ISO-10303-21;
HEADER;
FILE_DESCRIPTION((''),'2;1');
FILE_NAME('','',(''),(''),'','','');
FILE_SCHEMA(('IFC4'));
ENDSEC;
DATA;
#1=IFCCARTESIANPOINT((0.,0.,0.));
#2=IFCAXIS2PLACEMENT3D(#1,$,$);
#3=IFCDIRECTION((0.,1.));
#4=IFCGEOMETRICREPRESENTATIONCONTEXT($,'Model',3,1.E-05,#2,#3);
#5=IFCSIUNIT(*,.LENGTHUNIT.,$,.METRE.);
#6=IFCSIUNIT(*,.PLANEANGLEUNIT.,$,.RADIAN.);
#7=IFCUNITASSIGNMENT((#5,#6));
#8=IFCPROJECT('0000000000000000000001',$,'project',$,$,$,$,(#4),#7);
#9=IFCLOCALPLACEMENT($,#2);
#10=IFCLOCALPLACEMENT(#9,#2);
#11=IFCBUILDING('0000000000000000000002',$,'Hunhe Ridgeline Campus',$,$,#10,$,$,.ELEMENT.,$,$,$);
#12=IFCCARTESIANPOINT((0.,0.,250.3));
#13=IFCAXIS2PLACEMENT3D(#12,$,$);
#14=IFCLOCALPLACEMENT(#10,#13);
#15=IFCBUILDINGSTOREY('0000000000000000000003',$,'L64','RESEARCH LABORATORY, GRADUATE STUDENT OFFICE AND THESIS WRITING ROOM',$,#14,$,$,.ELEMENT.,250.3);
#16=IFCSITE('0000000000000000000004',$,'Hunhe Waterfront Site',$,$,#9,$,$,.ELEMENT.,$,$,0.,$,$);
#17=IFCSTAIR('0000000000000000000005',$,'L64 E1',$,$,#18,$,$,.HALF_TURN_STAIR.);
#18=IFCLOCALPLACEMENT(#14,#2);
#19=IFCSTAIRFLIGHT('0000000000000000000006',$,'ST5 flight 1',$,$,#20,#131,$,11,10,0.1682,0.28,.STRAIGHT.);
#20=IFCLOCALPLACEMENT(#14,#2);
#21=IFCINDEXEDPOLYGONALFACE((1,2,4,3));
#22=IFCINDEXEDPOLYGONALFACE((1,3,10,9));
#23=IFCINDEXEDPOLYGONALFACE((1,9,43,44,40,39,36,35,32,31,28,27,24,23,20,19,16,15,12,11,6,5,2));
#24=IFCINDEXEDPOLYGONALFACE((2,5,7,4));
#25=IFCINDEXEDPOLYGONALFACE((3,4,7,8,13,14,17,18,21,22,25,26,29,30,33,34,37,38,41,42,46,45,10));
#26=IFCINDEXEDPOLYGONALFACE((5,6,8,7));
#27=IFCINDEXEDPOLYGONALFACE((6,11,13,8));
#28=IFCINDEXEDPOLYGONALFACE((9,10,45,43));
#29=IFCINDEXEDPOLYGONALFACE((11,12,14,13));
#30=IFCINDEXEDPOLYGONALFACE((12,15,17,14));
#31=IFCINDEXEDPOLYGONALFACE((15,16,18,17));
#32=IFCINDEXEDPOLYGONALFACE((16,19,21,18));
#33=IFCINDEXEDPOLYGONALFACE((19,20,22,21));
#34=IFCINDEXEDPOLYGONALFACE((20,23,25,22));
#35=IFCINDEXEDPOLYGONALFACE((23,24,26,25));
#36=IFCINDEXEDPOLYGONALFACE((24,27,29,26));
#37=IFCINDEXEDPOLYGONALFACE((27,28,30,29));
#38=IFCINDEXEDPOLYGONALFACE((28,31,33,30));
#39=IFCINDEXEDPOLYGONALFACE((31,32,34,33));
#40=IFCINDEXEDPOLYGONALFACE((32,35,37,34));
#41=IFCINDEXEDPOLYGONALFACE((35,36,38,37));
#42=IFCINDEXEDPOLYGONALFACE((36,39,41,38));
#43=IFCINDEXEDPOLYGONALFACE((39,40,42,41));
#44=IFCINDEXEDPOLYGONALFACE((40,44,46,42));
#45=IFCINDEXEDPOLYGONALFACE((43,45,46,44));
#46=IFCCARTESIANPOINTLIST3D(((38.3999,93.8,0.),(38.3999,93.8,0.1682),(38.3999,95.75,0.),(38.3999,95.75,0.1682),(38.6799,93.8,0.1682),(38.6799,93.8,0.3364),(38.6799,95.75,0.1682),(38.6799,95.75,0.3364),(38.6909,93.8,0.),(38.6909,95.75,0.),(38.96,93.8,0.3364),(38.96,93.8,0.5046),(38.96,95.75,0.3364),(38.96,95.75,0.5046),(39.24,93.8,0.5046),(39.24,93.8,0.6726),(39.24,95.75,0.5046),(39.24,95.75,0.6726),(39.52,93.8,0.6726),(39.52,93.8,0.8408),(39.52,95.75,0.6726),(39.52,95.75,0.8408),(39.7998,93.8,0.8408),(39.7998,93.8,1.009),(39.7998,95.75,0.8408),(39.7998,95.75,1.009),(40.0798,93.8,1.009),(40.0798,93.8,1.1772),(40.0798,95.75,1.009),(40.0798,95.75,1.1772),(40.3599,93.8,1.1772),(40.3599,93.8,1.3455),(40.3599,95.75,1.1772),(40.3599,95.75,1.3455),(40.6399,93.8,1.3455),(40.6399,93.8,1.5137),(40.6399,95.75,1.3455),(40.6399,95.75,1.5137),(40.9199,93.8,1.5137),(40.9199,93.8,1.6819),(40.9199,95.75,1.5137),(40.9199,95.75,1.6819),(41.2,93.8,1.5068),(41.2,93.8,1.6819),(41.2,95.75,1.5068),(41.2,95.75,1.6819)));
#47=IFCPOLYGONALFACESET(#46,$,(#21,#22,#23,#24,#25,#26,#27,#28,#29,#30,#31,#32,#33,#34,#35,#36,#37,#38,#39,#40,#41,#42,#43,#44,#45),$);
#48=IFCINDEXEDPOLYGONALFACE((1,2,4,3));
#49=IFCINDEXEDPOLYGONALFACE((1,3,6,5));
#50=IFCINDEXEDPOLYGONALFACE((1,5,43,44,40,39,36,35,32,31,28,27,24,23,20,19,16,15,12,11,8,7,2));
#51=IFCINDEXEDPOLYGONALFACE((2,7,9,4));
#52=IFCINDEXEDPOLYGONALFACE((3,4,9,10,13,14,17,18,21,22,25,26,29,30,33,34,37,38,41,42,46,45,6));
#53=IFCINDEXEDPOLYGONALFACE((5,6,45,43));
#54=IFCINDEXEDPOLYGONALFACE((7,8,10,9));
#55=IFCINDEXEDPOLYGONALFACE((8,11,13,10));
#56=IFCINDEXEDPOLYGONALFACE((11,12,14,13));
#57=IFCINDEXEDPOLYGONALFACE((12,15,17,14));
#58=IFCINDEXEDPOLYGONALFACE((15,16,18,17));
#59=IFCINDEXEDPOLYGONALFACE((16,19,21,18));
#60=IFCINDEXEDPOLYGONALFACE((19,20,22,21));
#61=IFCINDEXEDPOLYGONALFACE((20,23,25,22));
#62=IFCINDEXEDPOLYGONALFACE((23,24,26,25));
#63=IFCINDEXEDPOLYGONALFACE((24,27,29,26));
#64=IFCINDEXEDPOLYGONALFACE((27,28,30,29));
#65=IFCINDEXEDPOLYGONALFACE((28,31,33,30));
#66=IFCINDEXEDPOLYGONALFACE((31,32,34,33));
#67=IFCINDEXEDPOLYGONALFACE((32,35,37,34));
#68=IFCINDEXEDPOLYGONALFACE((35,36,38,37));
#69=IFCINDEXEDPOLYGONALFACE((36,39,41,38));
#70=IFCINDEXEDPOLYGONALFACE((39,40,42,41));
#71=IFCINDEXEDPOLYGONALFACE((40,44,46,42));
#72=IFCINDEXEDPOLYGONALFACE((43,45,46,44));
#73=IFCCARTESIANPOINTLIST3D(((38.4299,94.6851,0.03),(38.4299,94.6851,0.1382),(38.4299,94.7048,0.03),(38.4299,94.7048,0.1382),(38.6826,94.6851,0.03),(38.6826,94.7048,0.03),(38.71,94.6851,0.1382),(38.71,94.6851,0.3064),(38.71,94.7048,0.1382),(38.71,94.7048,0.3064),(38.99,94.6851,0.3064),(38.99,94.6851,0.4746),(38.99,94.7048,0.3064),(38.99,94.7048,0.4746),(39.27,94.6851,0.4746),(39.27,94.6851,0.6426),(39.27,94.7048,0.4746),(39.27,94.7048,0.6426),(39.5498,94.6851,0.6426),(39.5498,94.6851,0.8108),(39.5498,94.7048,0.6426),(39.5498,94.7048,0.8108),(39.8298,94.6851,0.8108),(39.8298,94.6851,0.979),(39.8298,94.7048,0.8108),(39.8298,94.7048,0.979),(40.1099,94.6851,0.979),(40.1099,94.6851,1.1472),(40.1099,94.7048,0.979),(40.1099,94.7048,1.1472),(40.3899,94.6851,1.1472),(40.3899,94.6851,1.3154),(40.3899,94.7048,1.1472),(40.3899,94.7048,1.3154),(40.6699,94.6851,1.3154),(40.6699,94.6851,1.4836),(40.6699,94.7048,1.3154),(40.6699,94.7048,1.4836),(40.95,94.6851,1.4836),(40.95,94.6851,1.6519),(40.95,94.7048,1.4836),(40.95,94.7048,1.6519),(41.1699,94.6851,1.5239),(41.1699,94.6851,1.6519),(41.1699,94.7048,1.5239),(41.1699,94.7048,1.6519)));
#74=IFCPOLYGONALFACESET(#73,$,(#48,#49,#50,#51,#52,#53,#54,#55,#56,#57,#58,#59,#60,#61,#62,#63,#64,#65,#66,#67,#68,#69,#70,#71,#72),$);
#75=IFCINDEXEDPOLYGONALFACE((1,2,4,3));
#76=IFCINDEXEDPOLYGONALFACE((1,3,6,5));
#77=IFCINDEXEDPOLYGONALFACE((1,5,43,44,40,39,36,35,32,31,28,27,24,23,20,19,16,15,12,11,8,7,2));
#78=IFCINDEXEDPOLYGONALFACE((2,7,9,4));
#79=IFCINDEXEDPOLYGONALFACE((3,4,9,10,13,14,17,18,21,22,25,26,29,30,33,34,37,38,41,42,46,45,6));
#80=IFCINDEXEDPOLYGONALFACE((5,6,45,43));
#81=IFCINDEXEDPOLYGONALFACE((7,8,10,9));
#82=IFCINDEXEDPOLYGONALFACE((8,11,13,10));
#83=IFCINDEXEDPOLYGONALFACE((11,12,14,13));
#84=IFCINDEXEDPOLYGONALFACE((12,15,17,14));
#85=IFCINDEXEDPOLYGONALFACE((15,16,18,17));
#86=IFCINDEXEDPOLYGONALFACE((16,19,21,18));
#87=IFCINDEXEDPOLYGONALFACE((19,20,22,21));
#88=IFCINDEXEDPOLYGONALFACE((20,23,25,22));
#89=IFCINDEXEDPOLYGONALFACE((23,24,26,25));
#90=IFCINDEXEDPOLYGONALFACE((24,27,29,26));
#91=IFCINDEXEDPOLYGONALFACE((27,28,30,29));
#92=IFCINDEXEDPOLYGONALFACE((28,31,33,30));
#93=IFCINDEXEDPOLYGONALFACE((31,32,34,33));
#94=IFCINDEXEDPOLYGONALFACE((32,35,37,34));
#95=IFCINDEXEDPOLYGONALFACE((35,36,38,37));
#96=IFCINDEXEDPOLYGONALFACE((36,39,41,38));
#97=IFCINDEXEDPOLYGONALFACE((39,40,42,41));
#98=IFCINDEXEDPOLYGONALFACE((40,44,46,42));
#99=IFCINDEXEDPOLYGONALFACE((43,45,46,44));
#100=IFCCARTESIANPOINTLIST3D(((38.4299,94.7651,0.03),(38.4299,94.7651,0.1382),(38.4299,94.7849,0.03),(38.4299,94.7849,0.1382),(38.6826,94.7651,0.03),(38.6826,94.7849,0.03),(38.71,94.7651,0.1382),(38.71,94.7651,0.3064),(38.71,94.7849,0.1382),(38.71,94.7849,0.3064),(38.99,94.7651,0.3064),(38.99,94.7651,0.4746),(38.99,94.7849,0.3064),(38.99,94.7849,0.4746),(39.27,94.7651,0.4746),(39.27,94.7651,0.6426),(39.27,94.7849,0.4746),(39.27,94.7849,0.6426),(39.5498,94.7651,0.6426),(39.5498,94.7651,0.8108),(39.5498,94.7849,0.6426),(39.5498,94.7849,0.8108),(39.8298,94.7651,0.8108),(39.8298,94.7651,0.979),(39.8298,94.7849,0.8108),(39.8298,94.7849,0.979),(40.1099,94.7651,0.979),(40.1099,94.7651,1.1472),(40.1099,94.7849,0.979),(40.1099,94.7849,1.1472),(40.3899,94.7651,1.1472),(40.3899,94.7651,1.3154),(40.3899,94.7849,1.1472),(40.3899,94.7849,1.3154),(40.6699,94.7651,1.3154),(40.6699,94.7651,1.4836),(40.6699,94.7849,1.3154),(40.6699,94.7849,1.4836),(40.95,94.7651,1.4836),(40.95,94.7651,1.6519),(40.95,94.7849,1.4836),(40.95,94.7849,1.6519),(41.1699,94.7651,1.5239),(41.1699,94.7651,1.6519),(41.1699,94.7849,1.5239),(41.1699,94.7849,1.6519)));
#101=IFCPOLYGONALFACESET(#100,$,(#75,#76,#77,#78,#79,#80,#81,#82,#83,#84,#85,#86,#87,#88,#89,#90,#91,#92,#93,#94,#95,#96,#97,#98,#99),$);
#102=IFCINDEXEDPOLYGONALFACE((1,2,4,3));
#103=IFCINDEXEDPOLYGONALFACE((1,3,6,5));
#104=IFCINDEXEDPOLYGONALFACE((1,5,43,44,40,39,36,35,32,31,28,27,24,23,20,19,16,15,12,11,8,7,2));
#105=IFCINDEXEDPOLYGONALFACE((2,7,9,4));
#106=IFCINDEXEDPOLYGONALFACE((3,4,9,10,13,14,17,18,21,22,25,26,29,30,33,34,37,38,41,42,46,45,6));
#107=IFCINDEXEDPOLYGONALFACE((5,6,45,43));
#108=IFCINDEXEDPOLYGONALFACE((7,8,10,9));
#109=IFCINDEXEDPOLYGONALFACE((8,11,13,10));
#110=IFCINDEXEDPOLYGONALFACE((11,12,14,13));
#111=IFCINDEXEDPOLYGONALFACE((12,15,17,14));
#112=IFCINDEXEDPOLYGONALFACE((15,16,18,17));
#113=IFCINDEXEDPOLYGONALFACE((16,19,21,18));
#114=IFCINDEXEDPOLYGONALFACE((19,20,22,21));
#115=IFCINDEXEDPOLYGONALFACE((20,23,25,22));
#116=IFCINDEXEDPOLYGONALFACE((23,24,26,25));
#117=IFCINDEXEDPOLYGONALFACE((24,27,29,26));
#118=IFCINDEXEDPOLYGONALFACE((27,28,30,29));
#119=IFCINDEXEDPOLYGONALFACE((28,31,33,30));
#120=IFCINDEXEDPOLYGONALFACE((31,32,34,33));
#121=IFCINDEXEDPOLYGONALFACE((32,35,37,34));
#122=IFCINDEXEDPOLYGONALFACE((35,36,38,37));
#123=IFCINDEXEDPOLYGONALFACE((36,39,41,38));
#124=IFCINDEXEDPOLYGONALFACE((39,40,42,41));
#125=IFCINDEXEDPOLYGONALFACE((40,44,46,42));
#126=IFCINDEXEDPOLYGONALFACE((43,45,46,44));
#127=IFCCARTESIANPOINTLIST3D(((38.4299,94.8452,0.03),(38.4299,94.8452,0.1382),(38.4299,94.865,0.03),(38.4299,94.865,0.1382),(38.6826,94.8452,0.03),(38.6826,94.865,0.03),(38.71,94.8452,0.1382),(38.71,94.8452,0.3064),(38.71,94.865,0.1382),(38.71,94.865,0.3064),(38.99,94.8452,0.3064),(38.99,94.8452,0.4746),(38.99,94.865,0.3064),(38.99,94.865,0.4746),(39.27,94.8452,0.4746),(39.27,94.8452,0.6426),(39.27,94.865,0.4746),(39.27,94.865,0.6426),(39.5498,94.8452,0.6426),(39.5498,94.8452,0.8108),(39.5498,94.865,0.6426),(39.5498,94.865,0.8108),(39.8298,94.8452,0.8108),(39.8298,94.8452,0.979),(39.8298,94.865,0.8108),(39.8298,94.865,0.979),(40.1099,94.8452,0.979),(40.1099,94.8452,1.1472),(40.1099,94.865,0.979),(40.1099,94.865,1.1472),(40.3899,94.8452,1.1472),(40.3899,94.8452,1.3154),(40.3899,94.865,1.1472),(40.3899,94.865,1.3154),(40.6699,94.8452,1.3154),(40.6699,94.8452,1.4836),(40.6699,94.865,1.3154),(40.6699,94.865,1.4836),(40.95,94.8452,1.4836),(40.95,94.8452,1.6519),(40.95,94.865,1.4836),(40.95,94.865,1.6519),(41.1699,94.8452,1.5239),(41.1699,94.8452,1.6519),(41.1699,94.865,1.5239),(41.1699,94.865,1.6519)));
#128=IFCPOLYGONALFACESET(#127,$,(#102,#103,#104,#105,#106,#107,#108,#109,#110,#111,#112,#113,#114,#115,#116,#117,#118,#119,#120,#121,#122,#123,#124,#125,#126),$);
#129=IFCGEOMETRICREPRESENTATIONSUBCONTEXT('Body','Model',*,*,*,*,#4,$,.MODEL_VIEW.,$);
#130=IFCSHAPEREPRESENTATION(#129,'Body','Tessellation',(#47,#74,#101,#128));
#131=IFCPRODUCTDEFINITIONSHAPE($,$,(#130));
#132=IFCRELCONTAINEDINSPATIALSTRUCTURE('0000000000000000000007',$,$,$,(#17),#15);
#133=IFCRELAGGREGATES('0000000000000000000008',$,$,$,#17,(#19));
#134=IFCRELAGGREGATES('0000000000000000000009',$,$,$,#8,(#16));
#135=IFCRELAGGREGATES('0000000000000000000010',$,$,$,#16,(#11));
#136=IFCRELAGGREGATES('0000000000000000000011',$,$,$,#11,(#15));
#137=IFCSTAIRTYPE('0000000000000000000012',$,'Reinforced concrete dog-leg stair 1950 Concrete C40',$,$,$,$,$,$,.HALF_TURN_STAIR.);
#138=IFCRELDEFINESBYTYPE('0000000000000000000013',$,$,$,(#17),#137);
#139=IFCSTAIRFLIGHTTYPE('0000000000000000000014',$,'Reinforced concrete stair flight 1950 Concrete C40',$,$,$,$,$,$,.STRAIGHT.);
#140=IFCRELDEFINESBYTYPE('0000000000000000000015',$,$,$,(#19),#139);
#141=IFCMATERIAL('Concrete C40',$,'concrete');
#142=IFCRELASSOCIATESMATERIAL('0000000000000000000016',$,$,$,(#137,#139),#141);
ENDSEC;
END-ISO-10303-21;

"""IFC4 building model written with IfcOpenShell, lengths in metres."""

from ifc_helpers import new_model, si_unit, direction, frame, origin, place, context, subcontext, project, spatial, polyline, outline, extrude, material, type_object, element, aggregate, save


model = new_model("IFC4")

# Units and contexts
model_context = context("Model", 3, precision=1e-05, world=origin(), true_north=direction((0.0, 1.0)))
body_context = subcontext(model_context, "Body", "Model", "MODEL_VIEW")
ifc_project = project(units=[si_unit("LENGTHUNIT", "METRE"), si_unit("PLANEANGLEUNIT", "RADIAN")], contexts=[model_context])

# Site, building, storey
site_placement = place(None, origin())
site = spatial("IfcSite", under=ifc_project, at=site_placement, Name="Hunhe Waterfront Site", CompositionType="ELEMENT", RefElevation=0.0)
building_placement = place(site_placement, origin())
building = spatial("IfcBuilding", under=site, at=building_placement, Name="Hunhe Ridgeline Campus", CompositionType="ELEMENT")
storey_placement = place(building_placement, frame((0.0, 0.0, 250.3)))
storey = spatial("IfcBuildingStorey", under=building, at=storey_placement, Name="L64", Description="RESEARCH LABORATORY, GRADUATE STUDENT OFFICE AND THESIS WRITING ROOM", CompositionType="ELEMENT", Elevation=250.3)

# Stair, stair flight
ifc_material_1 = material(Name="Concrete C40", Category="concrete")
stair_type = type_object("IfcStairType", Name="Reinforced concrete dog-leg stair 1950 Concrete C40", PredefinedType="HALF_TURN_STAIR", material=ifc_material_1)
stair_placement = place(storey_placement, origin())
stair = element("IfcStair", 1, at=stair_placement, inside=storey, type_object=stair_type, Name="L64 E1", PredefinedType="HALF_TURN_STAIR")
stair_flight_type = type_object("IfcStairFlightType", Name="Reinforced concrete stair flight 1950 Concrete C40", PredefinedType="STRAIGHT", material=ifc_material_1)
stair_flight_1_placement = place(storey_placement, frame((38.3999, 94.7749, 0.0), z_axis=(0.0, 0.0, 1.0), x_axis=(1.0, 0.0, 0.0)))
stair_flight_1 = element("IfcStairFlight", 2, at=stair_flight_1_placement, type_object=stair_flight_type, Name="ST5 flight 1", NumberOfRisers=11, NumberOfTreads=10, PredefinedType="STRAIGHT", RiserHeight=0.1682, TreadLength=0.28, context=body_context, shape_type="SweptSolid", body=[
    extrude(outline(polyline([(0.0, 0.0), (0.0, 0.1682), (0.28, 0.1682), (0.28, 0.3364), (0.5601, 0.3364), (0.5601, 0.5046), (0.8401, 0.5046), (0.8401, 0.6726), (1.1201, 0.6726), (1.1201, 0.8408), (1.3999, 0.8408), (1.3999, 1.009), (1.6799, 1.009), (1.6799, 1.1772), (1.96, 1.1772), (1.96, 1.3455), (2.24, 1.3455), (2.24, 1.5137), (2.52, 1.5137), (2.52, 1.6819), (2.8, 1.6819), (2.8, 1.8501), (2.8, 1.5068), (0.291, 0.0), (0.0, 0.0)])), frame((0.0, 0.9751, 0.0), z_axis=(0.0, -1.0, 0.0), x_axis=(1.0, 0.0, 0.0)), (0.0, 0.0, 1.0), 1.95),
    extrude(outline(polyline([(0.03, 0.03), (0.03, 0.1382), (0.3101, 0.1382), (0.3101, 0.3064), (0.5901, 0.3064), (0.5901, 0.4746), (0.8701, 0.4746), (0.8701, 0.6426), (1.1499, 0.6426), (1.1499, 0.8108), (1.4299, 0.8108), (1.4299, 0.979), (1.71, 0.979), (1.71, 1.1472), (1.99, 1.1472), (1.99, 1.3154), (2.27, 1.3154), (2.27, 1.4836), (2.55, 1.4836), (2.55, 1.6519), (2.77, 1.6519), (2.77, 1.5239), (0.2827, 0.03), (0.03, 0.03)])), frame((0.0, -0.0701, 0.0), z_axis=(0.0, -1.0, 0.0), x_axis=(1.0, 0.0, 0.0)), (0.0, 0.0, 1.0), 0.0198),
    extrude(outline(polyline([(0.03, 0.03), (0.03, 0.1382), (0.3101, 0.1382), (0.3101, 0.3064), (0.5901, 0.3064), (0.5901, 0.4746), (0.8701, 0.4746), (0.8701, 0.6426), (1.1499, 0.6426), (1.1499, 0.8108), (1.4299, 0.8108), (1.4299, 0.979), (1.71, 0.979), (1.71, 1.1472), (1.99, 1.1472), (1.99, 1.3154), (2.27, 1.3154), (2.27, 1.4836), (2.55, 1.4836), (2.55, 1.6519), (2.77, 1.6519), (2.77, 1.5239), (0.2827, 0.03), (0.03, 0.03)])), frame((0.0, 0.01, 0.0), z_axis=(0.0, -1.0, 0.0), x_axis=(1.0, 0.0, 0.0)), (0.0, 0.0, 1.0), 0.0198),
    extrude(outline(polyline([(0.03, 0.03), (0.03, 0.1382), (0.3101, 0.1382), (0.3101, 0.3064), (0.5901, 0.3064), (0.5901, 0.4746), (0.8701, 0.4746), (0.8701, 0.6426), (1.1499, 0.6426), (1.1499, 0.8108), (1.4299, 0.8108), (1.4299, 0.979), (1.71, 0.979), (1.71, 1.1472), (1.99, 1.1472), (1.99, 1.3154), (2.27, 1.3154), (2.27, 1.4836), (2.55, 1.4836), (2.55, 1.6519), (2.77, 1.6519), (2.77, 1.5239), (0.2827, 0.03), (0.03, 0.03)])), frame((0.0, 0.0901, 0.0), z_axis=(0.0, -1.0, 0.0), x_axis=(1.0, 0.0, 0.0)), (0.0, 0.0, 1.0), 0.0198),
])
aggregate(stair, [stair_flight_1])

save(model, "model.ifc")
